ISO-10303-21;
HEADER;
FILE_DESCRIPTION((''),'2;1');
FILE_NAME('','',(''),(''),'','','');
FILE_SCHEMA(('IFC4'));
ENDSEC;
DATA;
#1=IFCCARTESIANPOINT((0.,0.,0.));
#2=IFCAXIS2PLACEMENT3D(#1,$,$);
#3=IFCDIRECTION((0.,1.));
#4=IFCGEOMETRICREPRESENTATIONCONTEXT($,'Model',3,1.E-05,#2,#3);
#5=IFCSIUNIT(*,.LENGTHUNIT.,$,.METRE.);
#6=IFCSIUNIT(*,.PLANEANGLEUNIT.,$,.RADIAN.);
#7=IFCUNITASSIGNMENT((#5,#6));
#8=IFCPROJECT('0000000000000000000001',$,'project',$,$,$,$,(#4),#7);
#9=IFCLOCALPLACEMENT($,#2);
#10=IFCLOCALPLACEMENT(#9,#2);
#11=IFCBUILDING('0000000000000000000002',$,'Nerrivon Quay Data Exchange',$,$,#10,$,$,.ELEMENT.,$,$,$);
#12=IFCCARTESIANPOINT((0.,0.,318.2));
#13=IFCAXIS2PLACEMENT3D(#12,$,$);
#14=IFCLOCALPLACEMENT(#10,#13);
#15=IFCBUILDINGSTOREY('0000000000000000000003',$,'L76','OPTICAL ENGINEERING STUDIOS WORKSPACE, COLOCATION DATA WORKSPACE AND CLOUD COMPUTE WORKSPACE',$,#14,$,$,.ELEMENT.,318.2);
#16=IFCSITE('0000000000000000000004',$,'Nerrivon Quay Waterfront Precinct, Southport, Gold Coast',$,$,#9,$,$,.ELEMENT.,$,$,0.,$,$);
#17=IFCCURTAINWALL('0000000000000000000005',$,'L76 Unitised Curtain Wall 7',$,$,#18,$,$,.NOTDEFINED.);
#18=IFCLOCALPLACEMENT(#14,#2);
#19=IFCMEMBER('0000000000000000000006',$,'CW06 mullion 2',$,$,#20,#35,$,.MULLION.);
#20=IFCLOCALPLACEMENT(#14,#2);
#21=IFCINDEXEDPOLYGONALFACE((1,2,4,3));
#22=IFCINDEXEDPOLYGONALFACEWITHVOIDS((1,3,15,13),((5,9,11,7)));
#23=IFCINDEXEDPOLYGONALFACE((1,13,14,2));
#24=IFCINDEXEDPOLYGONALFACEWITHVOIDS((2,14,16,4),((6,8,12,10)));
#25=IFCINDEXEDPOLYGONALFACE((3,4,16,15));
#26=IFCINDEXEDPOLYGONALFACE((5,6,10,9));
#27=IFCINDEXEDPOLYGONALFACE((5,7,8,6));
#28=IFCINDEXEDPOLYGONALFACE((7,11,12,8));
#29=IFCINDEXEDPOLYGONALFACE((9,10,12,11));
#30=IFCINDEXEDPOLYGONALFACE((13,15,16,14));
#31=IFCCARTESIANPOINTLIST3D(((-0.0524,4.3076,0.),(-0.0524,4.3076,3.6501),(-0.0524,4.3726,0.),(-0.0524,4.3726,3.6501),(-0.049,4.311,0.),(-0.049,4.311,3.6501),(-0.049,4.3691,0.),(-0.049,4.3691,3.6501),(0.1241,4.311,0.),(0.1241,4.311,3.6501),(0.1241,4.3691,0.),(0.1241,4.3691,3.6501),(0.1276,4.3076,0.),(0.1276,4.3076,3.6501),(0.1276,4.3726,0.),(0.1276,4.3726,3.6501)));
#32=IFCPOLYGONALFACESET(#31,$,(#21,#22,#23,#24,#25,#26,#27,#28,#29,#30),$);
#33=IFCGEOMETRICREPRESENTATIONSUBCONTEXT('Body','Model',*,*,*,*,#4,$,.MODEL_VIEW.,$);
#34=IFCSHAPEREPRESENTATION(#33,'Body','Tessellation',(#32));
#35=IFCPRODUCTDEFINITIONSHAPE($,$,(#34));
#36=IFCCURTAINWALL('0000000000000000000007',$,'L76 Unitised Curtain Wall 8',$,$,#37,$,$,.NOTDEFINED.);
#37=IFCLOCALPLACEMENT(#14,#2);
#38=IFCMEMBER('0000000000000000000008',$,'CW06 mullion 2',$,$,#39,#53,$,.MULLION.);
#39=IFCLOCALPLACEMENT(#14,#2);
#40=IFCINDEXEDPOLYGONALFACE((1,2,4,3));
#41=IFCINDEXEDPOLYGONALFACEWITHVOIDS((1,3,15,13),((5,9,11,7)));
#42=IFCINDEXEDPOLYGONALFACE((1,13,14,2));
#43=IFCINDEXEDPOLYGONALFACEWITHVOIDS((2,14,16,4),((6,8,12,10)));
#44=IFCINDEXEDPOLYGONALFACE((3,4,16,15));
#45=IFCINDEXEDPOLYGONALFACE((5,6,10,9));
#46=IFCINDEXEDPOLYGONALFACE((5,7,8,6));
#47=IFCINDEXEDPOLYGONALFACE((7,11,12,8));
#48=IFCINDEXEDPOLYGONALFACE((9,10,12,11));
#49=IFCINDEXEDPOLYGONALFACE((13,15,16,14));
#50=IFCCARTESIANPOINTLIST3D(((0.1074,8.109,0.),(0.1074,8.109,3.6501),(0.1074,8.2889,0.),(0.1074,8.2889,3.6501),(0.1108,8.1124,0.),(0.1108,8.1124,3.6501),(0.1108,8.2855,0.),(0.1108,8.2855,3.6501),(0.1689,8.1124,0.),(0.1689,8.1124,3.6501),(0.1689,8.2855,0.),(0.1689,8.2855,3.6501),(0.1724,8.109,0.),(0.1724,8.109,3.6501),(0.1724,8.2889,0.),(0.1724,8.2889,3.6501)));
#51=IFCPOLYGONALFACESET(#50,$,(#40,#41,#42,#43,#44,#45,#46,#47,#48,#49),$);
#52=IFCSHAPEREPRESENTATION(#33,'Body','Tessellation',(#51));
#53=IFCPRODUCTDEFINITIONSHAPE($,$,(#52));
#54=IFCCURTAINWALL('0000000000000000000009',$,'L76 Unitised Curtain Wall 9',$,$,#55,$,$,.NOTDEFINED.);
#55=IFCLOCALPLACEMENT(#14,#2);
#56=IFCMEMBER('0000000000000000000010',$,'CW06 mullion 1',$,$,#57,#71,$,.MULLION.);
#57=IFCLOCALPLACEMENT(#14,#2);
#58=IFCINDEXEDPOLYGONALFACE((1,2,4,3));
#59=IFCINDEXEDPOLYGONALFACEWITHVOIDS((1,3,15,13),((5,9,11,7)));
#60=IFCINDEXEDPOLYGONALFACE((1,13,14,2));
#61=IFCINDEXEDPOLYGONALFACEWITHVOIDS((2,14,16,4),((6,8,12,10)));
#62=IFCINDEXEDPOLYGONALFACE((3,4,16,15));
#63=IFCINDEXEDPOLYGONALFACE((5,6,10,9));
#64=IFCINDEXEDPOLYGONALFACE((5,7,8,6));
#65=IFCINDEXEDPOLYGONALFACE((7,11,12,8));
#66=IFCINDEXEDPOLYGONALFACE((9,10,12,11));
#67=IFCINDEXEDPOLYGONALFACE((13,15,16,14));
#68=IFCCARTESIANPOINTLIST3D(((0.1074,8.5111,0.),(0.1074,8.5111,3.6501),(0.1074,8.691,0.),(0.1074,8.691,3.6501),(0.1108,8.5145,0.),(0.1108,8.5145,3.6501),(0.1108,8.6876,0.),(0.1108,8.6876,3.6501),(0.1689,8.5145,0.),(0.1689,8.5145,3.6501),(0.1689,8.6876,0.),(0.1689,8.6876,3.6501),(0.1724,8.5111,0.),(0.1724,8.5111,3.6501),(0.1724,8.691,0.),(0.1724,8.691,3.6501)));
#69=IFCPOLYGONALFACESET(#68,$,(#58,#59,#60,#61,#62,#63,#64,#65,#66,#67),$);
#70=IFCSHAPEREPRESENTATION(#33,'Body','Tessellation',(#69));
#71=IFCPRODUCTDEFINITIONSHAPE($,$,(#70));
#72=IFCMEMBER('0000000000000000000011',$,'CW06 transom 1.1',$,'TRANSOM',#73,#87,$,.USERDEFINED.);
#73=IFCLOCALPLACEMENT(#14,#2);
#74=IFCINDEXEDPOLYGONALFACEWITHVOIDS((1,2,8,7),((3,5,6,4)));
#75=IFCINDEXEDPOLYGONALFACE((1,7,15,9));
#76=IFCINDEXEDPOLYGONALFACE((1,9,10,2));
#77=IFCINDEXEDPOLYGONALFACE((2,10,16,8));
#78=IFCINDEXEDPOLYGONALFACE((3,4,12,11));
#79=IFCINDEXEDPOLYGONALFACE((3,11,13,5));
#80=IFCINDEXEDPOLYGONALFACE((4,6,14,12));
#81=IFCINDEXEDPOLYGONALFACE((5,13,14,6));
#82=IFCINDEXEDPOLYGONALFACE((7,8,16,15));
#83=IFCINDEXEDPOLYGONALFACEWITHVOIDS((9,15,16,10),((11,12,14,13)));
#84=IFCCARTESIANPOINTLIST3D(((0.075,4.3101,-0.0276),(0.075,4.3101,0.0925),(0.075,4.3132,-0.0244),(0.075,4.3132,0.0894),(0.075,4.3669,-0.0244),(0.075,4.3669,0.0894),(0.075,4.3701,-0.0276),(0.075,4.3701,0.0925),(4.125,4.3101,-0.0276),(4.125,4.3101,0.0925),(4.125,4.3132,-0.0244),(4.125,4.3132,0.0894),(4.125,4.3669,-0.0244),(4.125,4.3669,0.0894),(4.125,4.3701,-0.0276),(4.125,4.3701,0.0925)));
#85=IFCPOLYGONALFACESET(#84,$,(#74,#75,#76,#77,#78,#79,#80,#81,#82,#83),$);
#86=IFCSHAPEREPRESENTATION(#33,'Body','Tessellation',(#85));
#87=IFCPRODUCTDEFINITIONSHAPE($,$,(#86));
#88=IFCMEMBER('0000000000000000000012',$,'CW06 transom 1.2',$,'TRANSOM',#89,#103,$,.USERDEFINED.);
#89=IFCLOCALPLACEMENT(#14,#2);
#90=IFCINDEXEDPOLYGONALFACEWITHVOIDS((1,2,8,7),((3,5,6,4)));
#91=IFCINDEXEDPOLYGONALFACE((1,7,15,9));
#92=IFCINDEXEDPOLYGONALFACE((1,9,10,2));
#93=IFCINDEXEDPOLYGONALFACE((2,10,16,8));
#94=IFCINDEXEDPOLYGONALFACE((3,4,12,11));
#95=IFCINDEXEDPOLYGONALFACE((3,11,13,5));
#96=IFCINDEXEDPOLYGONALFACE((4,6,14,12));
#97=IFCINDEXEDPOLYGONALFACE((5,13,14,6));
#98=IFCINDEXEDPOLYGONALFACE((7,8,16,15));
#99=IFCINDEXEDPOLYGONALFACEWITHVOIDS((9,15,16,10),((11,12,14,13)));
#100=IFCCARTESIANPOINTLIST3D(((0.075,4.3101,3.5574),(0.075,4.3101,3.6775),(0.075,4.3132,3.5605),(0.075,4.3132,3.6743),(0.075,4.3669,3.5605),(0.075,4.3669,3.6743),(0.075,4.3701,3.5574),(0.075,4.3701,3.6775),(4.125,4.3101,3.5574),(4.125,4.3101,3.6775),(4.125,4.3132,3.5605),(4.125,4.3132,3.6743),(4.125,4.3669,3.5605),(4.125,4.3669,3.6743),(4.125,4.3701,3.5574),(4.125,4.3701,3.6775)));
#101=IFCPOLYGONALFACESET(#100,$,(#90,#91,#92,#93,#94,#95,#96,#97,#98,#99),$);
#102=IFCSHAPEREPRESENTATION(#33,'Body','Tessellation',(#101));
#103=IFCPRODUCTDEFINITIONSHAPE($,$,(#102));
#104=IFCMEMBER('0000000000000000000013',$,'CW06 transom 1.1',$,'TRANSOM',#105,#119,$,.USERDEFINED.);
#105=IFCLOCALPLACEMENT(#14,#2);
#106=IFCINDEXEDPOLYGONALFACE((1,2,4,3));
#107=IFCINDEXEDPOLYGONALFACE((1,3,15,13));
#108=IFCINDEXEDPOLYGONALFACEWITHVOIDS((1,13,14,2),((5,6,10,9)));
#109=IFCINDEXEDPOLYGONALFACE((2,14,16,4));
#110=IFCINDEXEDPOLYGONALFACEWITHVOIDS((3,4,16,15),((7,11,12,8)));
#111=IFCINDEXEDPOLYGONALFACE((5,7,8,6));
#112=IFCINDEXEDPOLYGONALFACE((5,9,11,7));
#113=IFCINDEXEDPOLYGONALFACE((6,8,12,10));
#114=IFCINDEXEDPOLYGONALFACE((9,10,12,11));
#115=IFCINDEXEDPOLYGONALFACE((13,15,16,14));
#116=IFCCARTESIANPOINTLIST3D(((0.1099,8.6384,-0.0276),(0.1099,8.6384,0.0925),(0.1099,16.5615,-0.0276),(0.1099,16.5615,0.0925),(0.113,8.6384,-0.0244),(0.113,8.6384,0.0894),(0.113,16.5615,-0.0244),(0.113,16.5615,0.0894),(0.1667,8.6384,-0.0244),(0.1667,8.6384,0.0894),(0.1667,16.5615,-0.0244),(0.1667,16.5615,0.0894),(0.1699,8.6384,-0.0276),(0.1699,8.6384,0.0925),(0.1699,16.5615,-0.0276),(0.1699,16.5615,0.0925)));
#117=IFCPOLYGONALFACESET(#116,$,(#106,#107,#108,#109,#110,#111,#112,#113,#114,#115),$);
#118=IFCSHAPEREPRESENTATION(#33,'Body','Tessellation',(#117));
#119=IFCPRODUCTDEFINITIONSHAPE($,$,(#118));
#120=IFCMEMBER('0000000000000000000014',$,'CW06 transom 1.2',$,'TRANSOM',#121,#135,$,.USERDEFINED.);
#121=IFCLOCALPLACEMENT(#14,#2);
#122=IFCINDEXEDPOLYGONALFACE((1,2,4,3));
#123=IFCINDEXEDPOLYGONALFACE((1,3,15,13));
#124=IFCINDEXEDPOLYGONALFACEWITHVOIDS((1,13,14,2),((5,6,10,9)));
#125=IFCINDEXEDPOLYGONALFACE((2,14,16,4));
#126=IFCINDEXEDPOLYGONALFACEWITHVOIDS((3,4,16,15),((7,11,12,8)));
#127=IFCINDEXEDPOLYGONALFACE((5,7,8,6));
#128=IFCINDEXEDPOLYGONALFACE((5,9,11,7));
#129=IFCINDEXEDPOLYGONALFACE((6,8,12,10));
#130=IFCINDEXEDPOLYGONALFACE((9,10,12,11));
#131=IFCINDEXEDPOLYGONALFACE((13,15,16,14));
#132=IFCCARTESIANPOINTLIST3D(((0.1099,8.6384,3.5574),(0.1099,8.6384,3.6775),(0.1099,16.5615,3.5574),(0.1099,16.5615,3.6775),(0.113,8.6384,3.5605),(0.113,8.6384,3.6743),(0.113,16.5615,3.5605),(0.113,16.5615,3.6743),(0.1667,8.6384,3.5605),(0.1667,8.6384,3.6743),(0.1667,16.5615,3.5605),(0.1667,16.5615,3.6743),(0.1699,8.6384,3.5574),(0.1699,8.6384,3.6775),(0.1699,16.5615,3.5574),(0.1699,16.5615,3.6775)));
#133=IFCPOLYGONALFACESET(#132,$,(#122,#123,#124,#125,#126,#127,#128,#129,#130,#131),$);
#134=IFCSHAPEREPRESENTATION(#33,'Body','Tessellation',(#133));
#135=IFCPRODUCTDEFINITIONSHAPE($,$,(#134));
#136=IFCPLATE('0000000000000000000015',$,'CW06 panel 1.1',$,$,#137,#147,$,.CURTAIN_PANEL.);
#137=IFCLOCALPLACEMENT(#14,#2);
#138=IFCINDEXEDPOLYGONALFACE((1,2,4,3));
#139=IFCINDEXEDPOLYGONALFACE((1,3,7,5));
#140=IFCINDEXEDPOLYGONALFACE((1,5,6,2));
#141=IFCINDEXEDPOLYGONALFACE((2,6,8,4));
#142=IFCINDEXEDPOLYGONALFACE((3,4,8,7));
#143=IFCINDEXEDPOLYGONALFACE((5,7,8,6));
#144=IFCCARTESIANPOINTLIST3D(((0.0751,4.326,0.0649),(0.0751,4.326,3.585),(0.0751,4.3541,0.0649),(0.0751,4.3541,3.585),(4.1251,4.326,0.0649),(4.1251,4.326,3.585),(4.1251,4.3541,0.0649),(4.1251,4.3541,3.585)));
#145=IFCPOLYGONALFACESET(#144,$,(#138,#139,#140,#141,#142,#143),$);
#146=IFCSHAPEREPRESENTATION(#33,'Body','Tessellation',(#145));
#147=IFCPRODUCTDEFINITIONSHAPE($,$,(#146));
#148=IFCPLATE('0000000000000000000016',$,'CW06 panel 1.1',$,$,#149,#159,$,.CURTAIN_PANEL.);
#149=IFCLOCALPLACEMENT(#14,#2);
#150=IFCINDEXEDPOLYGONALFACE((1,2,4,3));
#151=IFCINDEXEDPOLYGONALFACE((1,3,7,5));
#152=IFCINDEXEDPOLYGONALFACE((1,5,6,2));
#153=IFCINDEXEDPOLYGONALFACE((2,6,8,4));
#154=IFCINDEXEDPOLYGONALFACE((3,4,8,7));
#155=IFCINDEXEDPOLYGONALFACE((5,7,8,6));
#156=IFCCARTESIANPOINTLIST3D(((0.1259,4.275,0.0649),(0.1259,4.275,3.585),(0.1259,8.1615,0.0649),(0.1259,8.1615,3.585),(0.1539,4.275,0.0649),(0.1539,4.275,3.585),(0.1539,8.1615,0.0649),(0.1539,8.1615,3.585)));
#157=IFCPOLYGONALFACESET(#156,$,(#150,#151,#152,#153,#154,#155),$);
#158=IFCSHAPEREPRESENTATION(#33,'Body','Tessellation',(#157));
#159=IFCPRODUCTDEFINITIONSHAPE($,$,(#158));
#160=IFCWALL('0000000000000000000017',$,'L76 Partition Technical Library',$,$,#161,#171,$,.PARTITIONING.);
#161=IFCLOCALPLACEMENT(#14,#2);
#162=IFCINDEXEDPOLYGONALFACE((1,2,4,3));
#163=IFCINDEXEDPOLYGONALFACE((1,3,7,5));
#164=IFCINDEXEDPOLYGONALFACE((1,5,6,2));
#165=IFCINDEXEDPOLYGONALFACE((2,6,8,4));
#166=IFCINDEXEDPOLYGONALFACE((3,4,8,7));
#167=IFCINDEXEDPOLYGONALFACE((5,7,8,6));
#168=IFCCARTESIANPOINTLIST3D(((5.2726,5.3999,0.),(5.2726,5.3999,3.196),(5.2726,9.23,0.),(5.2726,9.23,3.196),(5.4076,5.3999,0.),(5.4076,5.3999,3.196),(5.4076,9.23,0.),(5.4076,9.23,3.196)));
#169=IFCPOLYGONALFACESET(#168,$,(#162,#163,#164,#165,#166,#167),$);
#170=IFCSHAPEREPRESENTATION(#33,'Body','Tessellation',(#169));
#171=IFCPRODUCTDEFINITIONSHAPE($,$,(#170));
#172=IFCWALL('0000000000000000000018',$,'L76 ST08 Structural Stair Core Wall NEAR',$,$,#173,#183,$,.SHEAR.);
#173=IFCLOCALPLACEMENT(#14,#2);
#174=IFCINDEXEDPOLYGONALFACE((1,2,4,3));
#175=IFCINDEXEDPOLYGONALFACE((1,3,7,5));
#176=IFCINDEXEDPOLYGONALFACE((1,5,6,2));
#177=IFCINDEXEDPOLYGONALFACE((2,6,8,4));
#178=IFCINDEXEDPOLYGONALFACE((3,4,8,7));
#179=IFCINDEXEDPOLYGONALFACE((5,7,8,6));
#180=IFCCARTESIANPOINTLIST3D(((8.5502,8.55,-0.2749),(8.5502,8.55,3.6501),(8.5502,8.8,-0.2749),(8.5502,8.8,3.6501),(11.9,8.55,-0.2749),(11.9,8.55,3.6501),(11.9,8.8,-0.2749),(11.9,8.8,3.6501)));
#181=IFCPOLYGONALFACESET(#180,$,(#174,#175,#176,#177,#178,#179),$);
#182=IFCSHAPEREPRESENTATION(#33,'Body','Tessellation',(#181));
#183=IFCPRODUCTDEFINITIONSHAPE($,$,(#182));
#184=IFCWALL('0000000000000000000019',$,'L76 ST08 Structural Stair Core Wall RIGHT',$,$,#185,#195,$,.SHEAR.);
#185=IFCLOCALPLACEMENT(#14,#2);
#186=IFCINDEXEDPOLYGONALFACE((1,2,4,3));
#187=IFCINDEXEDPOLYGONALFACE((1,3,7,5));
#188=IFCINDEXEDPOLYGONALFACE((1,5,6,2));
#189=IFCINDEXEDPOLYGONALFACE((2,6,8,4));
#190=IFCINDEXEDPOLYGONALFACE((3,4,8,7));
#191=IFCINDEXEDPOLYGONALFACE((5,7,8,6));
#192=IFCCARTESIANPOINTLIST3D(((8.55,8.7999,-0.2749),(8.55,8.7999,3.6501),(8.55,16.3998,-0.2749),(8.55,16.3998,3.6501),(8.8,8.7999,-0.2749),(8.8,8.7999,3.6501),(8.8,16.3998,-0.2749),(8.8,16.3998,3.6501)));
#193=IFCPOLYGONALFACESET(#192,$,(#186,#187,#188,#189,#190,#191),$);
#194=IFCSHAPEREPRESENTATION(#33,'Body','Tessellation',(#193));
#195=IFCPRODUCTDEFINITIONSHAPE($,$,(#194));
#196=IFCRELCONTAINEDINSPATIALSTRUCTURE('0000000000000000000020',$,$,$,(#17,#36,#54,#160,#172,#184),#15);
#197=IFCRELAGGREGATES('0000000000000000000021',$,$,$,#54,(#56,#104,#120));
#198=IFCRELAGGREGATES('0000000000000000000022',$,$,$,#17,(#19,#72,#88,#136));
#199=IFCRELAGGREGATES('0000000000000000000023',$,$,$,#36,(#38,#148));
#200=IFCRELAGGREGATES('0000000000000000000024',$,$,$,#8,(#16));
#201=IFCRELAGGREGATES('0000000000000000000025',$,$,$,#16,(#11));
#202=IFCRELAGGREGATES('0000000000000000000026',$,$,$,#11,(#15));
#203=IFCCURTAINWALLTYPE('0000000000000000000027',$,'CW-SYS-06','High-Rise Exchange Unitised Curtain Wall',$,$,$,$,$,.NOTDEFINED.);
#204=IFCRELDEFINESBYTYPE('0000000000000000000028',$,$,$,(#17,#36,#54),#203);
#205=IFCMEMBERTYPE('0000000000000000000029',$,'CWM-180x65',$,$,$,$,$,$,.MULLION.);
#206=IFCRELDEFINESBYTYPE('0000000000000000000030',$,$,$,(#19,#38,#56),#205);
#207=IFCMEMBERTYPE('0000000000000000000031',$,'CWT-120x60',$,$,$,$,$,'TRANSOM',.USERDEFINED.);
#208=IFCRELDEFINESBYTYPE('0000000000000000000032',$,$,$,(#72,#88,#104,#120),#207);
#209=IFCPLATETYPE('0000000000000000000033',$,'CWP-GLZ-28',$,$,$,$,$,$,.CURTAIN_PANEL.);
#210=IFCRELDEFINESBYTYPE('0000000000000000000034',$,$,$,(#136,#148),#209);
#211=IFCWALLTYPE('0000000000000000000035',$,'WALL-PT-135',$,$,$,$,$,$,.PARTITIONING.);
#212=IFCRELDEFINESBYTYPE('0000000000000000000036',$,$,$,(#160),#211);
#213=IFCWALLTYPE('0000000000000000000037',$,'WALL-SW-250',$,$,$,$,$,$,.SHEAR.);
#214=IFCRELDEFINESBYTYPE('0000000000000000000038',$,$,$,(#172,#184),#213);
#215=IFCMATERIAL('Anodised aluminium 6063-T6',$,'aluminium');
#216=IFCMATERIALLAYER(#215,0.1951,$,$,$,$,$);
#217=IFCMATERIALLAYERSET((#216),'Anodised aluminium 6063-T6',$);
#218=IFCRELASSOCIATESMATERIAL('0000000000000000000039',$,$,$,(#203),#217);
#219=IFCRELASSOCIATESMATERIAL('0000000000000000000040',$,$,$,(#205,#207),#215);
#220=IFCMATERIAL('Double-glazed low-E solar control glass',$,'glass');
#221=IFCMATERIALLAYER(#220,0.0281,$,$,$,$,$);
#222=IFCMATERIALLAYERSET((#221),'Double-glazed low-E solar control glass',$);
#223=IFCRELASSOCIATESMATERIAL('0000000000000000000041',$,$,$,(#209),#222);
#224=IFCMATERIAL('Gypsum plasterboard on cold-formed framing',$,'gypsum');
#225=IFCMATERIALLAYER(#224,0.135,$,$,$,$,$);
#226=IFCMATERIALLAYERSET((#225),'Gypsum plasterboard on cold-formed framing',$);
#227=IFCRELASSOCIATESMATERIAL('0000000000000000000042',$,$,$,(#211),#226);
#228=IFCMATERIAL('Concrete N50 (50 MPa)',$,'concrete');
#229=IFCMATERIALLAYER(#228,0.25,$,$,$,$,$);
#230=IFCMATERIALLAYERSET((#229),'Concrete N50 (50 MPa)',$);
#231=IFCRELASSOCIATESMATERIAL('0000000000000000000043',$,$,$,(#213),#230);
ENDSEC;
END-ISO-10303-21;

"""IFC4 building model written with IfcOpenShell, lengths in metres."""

from ifc_helpers import new_model, si_unit, direction, frame, frame_2d, origin, origin_2d, place, context, subcontext, project, spatial, rectangle, hollow_rectangle, extrude, material, layer, layer_set, material_profile, profile_set, type_object, element, aggregate, save


model = new_model("IFC4")

# Units and contexts
model_context = context("Model", 3, precision=1e-05, world=origin(), true_north=direction((0.0, 1.0)))
body_context = subcontext(model_context, "Body", "Model", "MODEL_VIEW")
ifc_project = project(units=[si_unit("LENGTHUNIT", "METRE"), si_unit("PLANEANGLEUNIT", "RADIAN")], contexts=[model_context])

# Site, building, storey
site_placement = place(None, origin())
site = spatial("IfcSite", under=ifc_project, at=site_placement, Name="Nerrivon Quay Waterfront Precinct, Southport, Gold Coast", CompositionType="ELEMENT", RefElevation=0.0)
building_placement = place(site_placement, origin())
building = spatial("IfcBuilding", under=site, at=building_placement, Name="Nerrivon Quay Data Exchange", CompositionType="ELEMENT")
storey_placement = place(building_placement, frame((0.0, 0.0, 318.2)))
storey = spatial("IfcBuildingStorey", under=building, at=storey_placement, Name="L76", Description="OPTICAL ENGINEERING STUDIOS WORKSPACE, COLOCATION DATA WORKSPACE AND CLOUD COMPUTE WORKSPACE", CompositionType="ELEMENT", Elevation=318.2)

# Curtain wall, member
ifc_material_1 = material(Name="Anodised aluminium 6063-T6", Category="aluminium")
ifc_layer_1 = layer(ifc_material_1, 0.1951)
ifc_layer_set_1 = layer_set([ifc_layer_1], Name="Anodised aluminium 6063-T6")
curtain_wall_type = type_object("IfcCurtainWallType", Name="CW-SYS-06", Description="High-Rise Exchange Unitised Curtain Wall", PredefinedType="NOTDEFINED", material=ifc_layer_set_1)
curtain_wall_1_placement = place(storey_placement, origin())
curtain_wall_1 = element("IfcCurtainWall", 1, at=curtain_wall_1_placement, inside=storey, type_object=curtain_wall_type, Name="L76 Unitised Curtain Wall 7", PredefinedType="NOTDEFINED")
ifc_material_profile_1 = material_profile(ifc_material_1, hollow_rectangle(XDim=0.0649, YDim=0.1799, WallThickness=0.0034, at=origin_2d()), Name="ALU-MULL-180x65")
ifc_profile_set_1 = profile_set([ifc_material_profile_1], Name="Anodised aluminium 6063-T6")
member_type_1 = type_object("IfcMemberType", Name="CWM-180x65", PredefinedType="MULLION", material=ifc_profile_set_1)
member_1_placement = place(storey_placement, frame((0.0376, 4.3401, 0.0), z_axis=(0.0, 0.0, 1.0), x_axis=(0.0, -1.0, 0.0)))
member_1 = element("IfcMember", 2, at=member_1_placement, type_object=member_type_1, Name="CW06 mullion 2", PredefinedType="MULLION", context=body_context, shape_type="SweptSolid", body=[
    extrude(hollow_rectangle(XDim=0.0649, YDim=0.1799, WallThickness=0.0034, at=origin_2d()), origin(), (0.0, 0.0, 1.0), 3.6501),
])

# Curtain walls, members
curtain_wall_2_placement = place(storey_placement, origin())
curtain_wall_2 = element("IfcCurtainWall", 3, at=curtain_wall_2_placement, inside=storey, type_object=curtain_wall_type, Name="L76 Unitised Curtain Wall 8", PredefinedType="NOTDEFINED")
member_2_placement = place(storey_placement, frame((0.1399, 8.199, 0.0), z_axis=(0.0, 0.0, 1.0), x_axis=(-1.0, 0.0, 0.0)))
member_2 = element("IfcMember", 4, at=member_2_placement, type_object=member_type_1, Name="CW06 mullion 2", PredefinedType="MULLION", context=body_context, shape_type="SweptSolid", body=[
    extrude(hollow_rectangle(XDim=0.0649, YDim=0.1799, WallThickness=0.0034, at=origin_2d()), origin(), (0.0, 0.0, 1.0), 3.6501),
])
curtain_wall_3_placement = place(storey_placement, origin())
curtain_wall_3 = element("IfcCurtainWall", 5, at=curtain_wall_3_placement, inside=storey, type_object=curtain_wall_type, Name="L76 Unitised Curtain Wall 9", PredefinedType="NOTDEFINED")
member_3_placement = place(storey_placement, frame((0.1399, 8.6011, 0.0), z_axis=(0.0, 0.0, 1.0), x_axis=(-1.0, 0.0, 0.0)))
member_3 = element("IfcMember", 6, at=member_3_placement, type_object=member_type_1, Name="CW06 mullion 1", PredefinedType="MULLION", context=body_context, shape_type="SweptSolid", body=[
    extrude(hollow_rectangle(XDim=0.0649, YDim=0.1799, WallThickness=0.0034, at=origin_2d()), origin(), (0.0, 0.0, 1.0), 3.6501),
])

# Members
ifc_material_profile_2 = material_profile(ifc_material_1, hollow_rectangle(XDim=0.0601, YDim=0.1201, WallThickness=0.0032, at=origin_2d()), Name="ALU-TRAN-120x60")
ifc_profile_set_2 = profile_set([ifc_material_profile_2], Name="Anodised aluminium 6063-T6")
member_type_2 = type_object("IfcMemberType", Name="CWT-120x60", ElementType="TRANSOM", PredefinedType="USERDEFINED", material=ifc_profile_set_2)
member_4_placement = place(storey_placement, frame((4.125, 4.3401, 0.0325), z_axis=(-1.0, 0.0, 0.0), x_axis=(0.0, -1.0, 0.0)))
member_4 = element("IfcMember", 7, at=member_4_placement, type_object=member_type_2, Name="CW06 transom 1.1", ObjectType="TRANSOM", PredefinedType="USERDEFINED", context=body_context, shape_type="SweptSolid", body=[
    extrude(hollow_rectangle(XDim=0.0601, YDim=0.1201, WallThickness=0.0032, at=origin_2d()), origin(), (0.0, 0.0, 1.0), 4.05),
])
member_5_placement = place(storey_placement, frame((4.125, 4.3401, 3.6174), z_axis=(-1.0, 0.0, 0.0), x_axis=(0.0, -1.0, 0.0)))
member_5 = element("IfcMember", 8, at=member_5_placement, type_object=member_type_2, Name="CW06 transom 1.2", ObjectType="TRANSOM", PredefinedType="USERDEFINED", context=body_context, shape_type="SweptSolid", body=[
    extrude(hollow_rectangle(XDim=0.0601, YDim=0.1201, WallThickness=0.0032, at=origin_2d()), origin(), (0.0, 0.0, 1.0), 4.05),
])
member_6_placement = place(storey_placement, frame((0.1399, 8.6384, 0.0325), z_axis=(0.0, 1.0, 0.0), x_axis=(-1.0, 0.0, 0.0)))
member_6 = element("IfcMember", 9, at=member_6_placement, type_object=member_type_2, Name="CW06 transom 1.1", ObjectType="TRANSOM", PredefinedType="USERDEFINED", context=body_context, shape_type="SweptSolid", body=[
    extrude(hollow_rectangle(XDim=0.0601, YDim=0.1201, WallThickness=0.0032, at=origin_2d()), origin(), (0.0, 0.0, 1.0), 7.9231),
])
member_7_placement = place(storey_placement, frame((0.1399, 8.6384, 3.6174), z_axis=(0.0, 1.0, 0.0), x_axis=(-1.0, 0.0, 0.0)))
member_7 = element("IfcMember", 10, at=member_7_placement, type_object=member_type_2, Name="CW06 transom 1.2", ObjectType="TRANSOM", PredefinedType="USERDEFINED", context=body_context, shape_type="SweptSolid", body=[
    extrude(hollow_rectangle(XDim=0.0601, YDim=0.1201, WallThickness=0.0032, at=origin_2d()), origin(), (0.0, 0.0, 1.0), 7.9231),
])
aggregate(curtain_wall_3, [member_3, member_6, member_7])

# Plates
ifc_material_2 = material(Name="Double-glazed low-E solar control glass", Category="glass")
ifc_layer_2 = layer(ifc_material_2, 0.0281)
ifc_layer_set_2 = layer_set([ifc_layer_2], Name="Double-glazed low-E solar control glass")
plate_type = type_object("IfcPlateType", Name="CWP-GLZ-28", PredefinedType="CURTAIN_PANEL", material=ifc_layer_set_2)
plate_1_placement = place(storey_placement, frame((2.1001, 4.3401, 0.0649), z_axis=(0.0, 0.0, 1.0), x_axis=(-1.0, 0.0, 0.0)))
plate_1 = element("IfcPlate", 11, at=plate_1_placement, type_object=plate_type, Name="CW06 panel 1.1", PredefinedType="CURTAIN_PANEL", context=body_context, shape_type="SweptSolid", body=[
    extrude(rectangle(XDim=4.05, YDim=0.0281, at=origin_2d()), origin(), (0.0, 0.0, 1.0), 3.52),
])
aggregate(curtain_wall_1, [member_1, member_4, member_5, plate_1])
plate_2_placement = place(storey_placement, frame((0.1399, 6.2183, 0.0649), z_axis=(0.0, 0.0, 1.0), x_axis=(0.0, 1.0, 0.0)))
plate_2 = element("IfcPlate", 12, at=plate_2_placement, type_object=plate_type, Name="CW06 panel 1.1", PredefinedType="CURTAIN_PANEL", context=body_context, shape_type="SweptSolid", body=[
    extrude(rectangle(XDim=3.8865, YDim=0.0281, at=origin_2d()), origin(), (0.0, 0.0, 1.0), 3.52),
])
aggregate(curtain_wall_2, [member_2, plate_2])

# Walls
ifc_material_3 = material(Name="Gypsum plasterboard on cold-formed framing", Category="gypsum")
ifc_layer_3 = layer(ifc_material_3, 0.135)
ifc_layer_set_3 = layer_set([ifc_layer_3], Name="Gypsum plasterboard on cold-formed framing")
wall_type_1 = type_object("IfcWallType", Name="WALL-PT-135", PredefinedType="PARTITIONING", material=ifc_layer_set_3)
wall_1_placement = place(storey_placement, frame((5.3401, 5.3999, 0.0), z_axis=(0.0, 0.0, 1.0), x_axis=(0.0, 1.0, 0.0)))
element("IfcWall", 13, at=wall_1_placement, inside=storey, type_object=wall_type_1, Name="L76 Partition Technical Library", PredefinedType="PARTITIONING", context=body_context, shape_type="SweptSolid", body=[
    extrude(rectangle(XDim=3.8301, YDim=0.135, at=frame_2d((1.915, 0.0))), origin(), (0.0, 0.0, 1.0), 3.196),
])
ifc_material_4 = material(Name="Concrete N50 (50 MPa)", Category="concrete")
ifc_layer_4 = layer(ifc_material_4, 0.25)
ifc_layer_set_4 = layer_set([ifc_layer_4], Name="Concrete N50 (50 MPa)")
wall_type_2 = type_object("IfcWallType", Name="WALL-SW-250", PredefinedType="SHEAR", material=ifc_layer_set_4)
wall_2_placement = place(storey_placement, frame((11.8999, 8.675, -0.2749), z_axis=(0.0, 0.0, 1.0), x_axis=(-1.0, 0.0, 0.0)))
element("IfcWall", 14, at=wall_2_placement, inside=storey, type_object=wall_type_2, Name="L76 ST08 Structural Stair Core Wall NEAR", PredefinedType="SHEAR", context=body_context, shape_type="SweptSolid", body=[
    extrude(rectangle(XDim=3.3499, YDim=0.25, at=frame_2d((1.6748, 0.0))), origin(), (0.0, 0.0, 1.0), 3.925),
])
wall_3_placement = place(storey_placement, frame((8.675, 8.8, -0.2749), z_axis=(0.0, 0.0, 1.0), x_axis=(0.0, 1.0, 0.0)))
element("IfcWall", 15, at=wall_3_placement, inside=storey, type_object=wall_type_2, Name="L76 ST08 Structural Stair Core Wall RIGHT", PredefinedType="SHEAR", context=body_context, shape_type="SweptSolid", body=[
    extrude(rectangle(XDim=7.5999, YDim=0.25, at=frame_2d((3.7998, 0.0))), origin(), (0.0, 0.0, 1.0), 3.925),
])

save(model, "model.ifc")
